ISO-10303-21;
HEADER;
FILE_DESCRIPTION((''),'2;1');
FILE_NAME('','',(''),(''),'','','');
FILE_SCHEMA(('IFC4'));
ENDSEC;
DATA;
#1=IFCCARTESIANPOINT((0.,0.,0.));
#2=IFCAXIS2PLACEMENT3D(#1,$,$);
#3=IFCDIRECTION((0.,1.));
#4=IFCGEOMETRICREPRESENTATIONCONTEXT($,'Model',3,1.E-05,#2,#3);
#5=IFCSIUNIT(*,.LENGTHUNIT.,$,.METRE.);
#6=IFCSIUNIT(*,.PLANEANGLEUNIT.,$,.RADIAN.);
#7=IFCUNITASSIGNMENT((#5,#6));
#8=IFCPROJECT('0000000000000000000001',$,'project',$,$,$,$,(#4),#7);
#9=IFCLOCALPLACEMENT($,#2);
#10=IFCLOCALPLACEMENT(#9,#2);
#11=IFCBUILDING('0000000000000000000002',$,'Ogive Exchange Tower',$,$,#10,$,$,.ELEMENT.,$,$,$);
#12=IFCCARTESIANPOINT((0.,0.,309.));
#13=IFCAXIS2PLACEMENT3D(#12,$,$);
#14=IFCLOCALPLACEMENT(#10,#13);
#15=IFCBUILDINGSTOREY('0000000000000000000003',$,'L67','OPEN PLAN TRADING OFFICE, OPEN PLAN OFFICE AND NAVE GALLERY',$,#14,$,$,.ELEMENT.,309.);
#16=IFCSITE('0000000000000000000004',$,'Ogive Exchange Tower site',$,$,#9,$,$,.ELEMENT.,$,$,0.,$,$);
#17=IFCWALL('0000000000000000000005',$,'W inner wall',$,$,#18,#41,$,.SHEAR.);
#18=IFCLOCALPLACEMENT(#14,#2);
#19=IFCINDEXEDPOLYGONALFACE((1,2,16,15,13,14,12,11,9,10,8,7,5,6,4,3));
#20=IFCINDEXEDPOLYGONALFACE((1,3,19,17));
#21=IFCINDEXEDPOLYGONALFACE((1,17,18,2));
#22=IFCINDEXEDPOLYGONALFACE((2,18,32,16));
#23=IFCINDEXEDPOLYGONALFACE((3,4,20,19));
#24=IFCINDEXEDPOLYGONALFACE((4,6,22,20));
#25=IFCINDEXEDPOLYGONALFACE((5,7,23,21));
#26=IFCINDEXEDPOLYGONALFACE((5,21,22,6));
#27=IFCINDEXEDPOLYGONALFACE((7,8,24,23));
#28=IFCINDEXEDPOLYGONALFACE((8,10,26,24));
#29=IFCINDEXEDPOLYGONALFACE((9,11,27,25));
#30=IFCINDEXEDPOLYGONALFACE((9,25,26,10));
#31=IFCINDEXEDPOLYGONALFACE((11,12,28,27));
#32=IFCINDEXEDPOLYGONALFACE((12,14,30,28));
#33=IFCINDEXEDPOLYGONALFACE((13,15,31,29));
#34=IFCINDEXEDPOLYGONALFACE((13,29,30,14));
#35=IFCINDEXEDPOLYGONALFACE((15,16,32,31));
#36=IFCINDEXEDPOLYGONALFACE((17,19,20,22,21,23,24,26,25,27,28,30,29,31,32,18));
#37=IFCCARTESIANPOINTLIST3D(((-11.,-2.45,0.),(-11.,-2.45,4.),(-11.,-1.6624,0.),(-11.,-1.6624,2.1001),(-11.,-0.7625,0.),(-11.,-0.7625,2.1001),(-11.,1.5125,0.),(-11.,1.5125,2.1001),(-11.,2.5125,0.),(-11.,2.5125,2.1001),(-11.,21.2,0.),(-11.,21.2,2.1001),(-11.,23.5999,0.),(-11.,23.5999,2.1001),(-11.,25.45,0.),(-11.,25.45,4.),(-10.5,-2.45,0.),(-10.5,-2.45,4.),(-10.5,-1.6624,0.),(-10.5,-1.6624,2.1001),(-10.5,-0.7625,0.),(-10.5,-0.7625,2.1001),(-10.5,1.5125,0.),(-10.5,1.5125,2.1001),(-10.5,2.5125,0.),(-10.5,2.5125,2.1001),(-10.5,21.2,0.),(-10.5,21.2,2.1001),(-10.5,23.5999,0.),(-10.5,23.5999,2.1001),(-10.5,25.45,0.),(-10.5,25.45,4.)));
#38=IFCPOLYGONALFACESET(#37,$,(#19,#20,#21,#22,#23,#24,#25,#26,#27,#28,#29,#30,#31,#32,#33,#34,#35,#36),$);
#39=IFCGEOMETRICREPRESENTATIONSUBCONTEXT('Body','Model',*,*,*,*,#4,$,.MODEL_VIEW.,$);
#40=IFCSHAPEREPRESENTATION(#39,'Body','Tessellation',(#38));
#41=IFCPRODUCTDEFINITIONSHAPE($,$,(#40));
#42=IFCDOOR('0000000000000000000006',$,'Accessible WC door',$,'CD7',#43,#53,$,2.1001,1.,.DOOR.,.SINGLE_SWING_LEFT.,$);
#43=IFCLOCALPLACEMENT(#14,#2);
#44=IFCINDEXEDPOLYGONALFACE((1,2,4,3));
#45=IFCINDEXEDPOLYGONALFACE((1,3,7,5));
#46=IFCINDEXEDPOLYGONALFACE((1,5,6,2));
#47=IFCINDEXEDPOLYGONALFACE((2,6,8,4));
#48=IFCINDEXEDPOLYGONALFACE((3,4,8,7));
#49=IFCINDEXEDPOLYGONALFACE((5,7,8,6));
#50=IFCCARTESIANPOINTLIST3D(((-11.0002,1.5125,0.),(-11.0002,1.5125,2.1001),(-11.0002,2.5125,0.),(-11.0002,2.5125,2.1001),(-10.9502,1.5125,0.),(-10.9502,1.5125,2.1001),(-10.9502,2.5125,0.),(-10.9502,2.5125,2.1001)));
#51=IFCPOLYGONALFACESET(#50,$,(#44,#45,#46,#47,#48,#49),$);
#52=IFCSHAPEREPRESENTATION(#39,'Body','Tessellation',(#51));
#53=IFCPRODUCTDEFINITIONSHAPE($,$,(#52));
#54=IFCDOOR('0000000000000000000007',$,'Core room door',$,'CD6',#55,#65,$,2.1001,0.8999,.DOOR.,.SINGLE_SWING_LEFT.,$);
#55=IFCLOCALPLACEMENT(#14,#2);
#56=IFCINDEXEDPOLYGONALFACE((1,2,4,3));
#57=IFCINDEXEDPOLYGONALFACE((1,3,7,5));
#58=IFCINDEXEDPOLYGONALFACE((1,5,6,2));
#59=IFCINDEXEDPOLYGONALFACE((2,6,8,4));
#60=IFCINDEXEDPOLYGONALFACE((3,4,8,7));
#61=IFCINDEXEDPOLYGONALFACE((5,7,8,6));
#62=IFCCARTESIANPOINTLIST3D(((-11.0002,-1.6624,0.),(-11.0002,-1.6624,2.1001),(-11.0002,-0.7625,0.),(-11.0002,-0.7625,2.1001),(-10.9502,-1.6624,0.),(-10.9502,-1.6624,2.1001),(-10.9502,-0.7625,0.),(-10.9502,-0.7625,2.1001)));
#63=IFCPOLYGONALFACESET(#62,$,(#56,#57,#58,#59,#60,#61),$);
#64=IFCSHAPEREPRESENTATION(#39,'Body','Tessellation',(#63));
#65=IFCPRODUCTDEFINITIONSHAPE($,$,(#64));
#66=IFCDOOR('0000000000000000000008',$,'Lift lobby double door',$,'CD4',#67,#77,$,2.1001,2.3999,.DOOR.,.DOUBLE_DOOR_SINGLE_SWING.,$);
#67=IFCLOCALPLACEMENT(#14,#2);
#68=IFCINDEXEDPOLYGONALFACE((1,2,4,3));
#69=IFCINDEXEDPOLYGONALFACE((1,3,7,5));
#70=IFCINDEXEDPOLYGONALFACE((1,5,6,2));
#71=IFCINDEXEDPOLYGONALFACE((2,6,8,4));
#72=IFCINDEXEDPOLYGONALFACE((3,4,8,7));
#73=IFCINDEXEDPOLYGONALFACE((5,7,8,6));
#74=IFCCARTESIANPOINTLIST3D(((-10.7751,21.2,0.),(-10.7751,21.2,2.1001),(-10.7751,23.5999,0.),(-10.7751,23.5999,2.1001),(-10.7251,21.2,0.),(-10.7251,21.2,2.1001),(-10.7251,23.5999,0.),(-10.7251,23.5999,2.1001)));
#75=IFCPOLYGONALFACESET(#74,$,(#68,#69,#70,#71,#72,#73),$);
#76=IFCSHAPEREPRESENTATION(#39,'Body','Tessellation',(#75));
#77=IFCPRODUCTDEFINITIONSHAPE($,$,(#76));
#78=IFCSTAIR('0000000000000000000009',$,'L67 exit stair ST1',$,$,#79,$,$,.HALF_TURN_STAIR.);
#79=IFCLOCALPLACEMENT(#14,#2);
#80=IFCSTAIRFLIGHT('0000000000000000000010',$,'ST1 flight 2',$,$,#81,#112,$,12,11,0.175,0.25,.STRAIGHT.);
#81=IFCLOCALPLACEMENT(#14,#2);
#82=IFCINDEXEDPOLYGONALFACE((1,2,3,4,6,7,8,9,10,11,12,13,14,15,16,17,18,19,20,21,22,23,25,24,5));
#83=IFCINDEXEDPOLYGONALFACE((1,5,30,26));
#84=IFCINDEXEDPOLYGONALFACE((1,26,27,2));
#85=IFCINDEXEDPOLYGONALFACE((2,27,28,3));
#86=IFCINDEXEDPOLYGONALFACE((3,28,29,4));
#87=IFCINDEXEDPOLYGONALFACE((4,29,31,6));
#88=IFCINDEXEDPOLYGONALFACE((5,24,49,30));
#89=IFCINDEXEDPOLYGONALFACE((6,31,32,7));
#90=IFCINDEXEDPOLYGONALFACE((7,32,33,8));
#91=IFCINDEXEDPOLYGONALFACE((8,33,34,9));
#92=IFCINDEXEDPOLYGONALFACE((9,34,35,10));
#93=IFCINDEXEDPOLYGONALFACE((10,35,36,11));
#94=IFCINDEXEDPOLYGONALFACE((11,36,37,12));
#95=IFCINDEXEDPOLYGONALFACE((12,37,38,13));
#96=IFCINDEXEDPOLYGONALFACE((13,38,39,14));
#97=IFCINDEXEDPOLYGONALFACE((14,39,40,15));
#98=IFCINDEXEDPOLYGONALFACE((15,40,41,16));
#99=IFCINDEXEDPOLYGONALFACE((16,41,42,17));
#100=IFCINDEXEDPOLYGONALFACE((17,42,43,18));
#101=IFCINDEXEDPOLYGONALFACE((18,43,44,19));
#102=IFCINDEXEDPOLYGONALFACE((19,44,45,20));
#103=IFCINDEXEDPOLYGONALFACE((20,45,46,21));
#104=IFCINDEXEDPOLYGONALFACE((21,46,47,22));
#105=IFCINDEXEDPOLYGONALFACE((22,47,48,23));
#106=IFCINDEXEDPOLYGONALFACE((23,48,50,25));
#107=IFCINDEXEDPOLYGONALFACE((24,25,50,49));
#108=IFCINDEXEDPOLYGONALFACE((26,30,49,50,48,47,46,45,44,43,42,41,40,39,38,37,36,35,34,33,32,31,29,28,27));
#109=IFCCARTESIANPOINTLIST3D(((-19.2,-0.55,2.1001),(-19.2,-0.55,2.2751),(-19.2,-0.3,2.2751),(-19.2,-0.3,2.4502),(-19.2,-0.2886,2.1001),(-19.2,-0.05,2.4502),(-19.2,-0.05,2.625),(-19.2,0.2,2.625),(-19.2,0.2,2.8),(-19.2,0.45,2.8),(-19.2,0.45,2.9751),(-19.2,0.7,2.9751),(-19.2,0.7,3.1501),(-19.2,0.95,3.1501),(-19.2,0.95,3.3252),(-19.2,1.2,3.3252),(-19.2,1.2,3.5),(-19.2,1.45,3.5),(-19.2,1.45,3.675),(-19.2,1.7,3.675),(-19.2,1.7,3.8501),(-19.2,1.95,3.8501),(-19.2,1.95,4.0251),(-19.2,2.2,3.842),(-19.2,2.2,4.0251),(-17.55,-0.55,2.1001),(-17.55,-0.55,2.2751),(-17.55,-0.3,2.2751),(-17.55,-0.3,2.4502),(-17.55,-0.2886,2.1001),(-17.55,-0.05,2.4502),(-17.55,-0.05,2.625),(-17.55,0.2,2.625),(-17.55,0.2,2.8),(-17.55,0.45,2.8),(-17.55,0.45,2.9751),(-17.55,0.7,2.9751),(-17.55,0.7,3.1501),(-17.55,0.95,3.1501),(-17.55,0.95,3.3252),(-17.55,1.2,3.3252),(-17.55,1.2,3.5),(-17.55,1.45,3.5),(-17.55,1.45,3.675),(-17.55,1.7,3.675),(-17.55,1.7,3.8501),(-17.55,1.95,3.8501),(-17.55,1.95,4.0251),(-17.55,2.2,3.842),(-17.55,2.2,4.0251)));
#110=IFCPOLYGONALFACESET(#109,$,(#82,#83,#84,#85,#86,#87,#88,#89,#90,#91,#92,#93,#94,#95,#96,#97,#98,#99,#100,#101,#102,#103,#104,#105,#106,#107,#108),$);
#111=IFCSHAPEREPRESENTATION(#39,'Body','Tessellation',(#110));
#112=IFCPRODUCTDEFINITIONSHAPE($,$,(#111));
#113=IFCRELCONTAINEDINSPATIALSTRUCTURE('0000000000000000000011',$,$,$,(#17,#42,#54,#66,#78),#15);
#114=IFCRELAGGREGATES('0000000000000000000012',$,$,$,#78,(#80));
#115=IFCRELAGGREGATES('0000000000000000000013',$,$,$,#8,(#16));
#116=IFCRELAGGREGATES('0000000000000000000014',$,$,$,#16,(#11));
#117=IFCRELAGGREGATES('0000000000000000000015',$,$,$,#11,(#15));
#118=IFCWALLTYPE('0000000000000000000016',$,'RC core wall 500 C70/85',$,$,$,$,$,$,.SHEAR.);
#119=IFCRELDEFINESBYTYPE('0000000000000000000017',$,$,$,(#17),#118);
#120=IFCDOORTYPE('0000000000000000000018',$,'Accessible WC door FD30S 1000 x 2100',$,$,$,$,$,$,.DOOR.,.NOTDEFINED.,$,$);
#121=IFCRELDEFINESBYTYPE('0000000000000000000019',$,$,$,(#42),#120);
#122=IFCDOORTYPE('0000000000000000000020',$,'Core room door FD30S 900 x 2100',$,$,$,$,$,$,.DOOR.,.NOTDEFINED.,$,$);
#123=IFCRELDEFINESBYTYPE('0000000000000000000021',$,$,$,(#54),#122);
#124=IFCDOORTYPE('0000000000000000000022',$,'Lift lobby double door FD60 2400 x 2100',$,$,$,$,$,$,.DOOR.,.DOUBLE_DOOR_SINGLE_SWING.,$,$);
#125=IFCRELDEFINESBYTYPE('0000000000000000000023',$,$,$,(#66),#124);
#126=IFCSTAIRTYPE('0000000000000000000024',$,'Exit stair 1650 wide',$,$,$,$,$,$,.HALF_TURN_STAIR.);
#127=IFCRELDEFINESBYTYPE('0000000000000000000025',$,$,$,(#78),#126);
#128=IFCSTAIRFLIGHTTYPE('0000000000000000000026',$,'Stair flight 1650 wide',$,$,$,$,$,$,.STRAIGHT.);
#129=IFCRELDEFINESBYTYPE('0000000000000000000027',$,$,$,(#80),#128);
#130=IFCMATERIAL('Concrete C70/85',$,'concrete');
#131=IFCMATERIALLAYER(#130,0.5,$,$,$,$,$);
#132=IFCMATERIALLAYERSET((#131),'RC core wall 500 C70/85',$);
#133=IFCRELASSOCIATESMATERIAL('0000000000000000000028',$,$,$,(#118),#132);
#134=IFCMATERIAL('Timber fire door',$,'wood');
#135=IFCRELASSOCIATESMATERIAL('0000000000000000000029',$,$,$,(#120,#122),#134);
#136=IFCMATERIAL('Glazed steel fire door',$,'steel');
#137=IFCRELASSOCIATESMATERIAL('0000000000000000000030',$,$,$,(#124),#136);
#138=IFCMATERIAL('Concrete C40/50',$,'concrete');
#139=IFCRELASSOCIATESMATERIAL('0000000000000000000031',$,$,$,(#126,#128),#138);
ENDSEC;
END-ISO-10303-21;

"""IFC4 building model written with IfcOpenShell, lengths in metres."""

from ifc_helpers import new_model, si_unit, direction, frame, frame_2d, origin, place, context, subcontext, project, spatial, polyline, rectangle, outline, extrude, material, layer, layer_set, type_object, element, fill, aggregate, save


model = new_model("IFC4")

# Units and contexts
model_context = context("Model", 3, precision=1e-05, world=origin(), true_north=direction((0.0, 1.0)))
body_context = subcontext(model_context, "Body", "Model", "MODEL_VIEW")
ifc_project = project(units=[si_unit("LENGTHUNIT", "METRE"), si_unit("PLANEANGLEUNIT", "RADIAN")], contexts=[model_context])

# Site, building, storey
site_placement = place(None, origin())
site = spatial("IfcSite", under=ifc_project, at=site_placement, Name="Ogive Exchange Tower site", CompositionType="ELEMENT", RefElevation=0.0)
building_placement = place(site_placement, origin())
building = spatial("IfcBuilding", under=site, at=building_placement, Name="Ogive Exchange Tower", CompositionType="ELEMENT")
storey_placement = place(building_placement, frame((0.0, 0.0, 309.0)))
storey = spatial("IfcBuildingStorey", under=building, at=storey_placement, Name="L67", Description="OPEN PLAN TRADING OFFICE, OPEN PLAN OFFICE AND NAVE GALLERY", CompositionType="ELEMENT", Elevation=309.0)

# Shared definitions
ifc_material_1 = material(Name="Concrete C70/85", Category="concrete")

# Wall, openings, doors
ifc_layer_1 = layer(ifc_material_1, 0.5)
ifc_layer_set_1 = layer_set([ifc_layer_1], Name="RC core wall 500 C70/85")
wall_type_1 = type_object("IfcWallType", Name="RC core wall 500 C70/85", PredefinedType="SHEAR", material=ifc_layer_set_1)
wall_1_placement = place(storey_placement, frame((-10.75, -2.45, 0.0), z_axis=(0.0, 0.0, 1.0), x_axis=(0.0, 1.0, 0.0)))
wall_1 = element("IfcWall", 1, at=wall_1_placement, inside=storey, type_object=wall_type_1, Name="W inner wall", PredefinedType="SHEAR", context=body_context, shape_type="SweptSolid", body=[
    extrude(rectangle(XDim=27.8999, YDim=0.5, at=frame_2d((13.95, 0.0))), origin(), (0.0, 0.0, 1.0), 4.0),
])
opening_1_placement = place(wall_1_placement, frame((23.6499, 0.0, 0.0)))
opening_1 = element("IfcOpeningElement", 2, at=opening_1_placement, cuts=wall_1, PredefinedType="OPENING", context=body_context, shape_type="SweptSolid", body=[
    extrude(rectangle(XDim=2.3999, YDim=2.1001, at=frame_2d((1.2, 1.05))), frame((0.0, 0.26, 0.0), z_axis=(0.0, -1.0, 0.0), x_axis=(1.0, 0.0, 0.0)), (0.0, 0.0, 1.0), 0.52),
])
opening_2_placement = place(wall_1_placement, frame((0.7876, 0.0, 0.0)))
opening_2 = element("IfcOpeningElement", 3, at=opening_2_placement, cuts=wall_1, PredefinedType="OPENING", context=body_context, shape_type="SweptSolid", body=[
    extrude(rectangle(XDim=0.8999, YDim=2.1001, at=frame_2d((0.45, 1.05))), frame((0.0, 0.26, 0.0), z_axis=(0.0, -1.0, 0.0), x_axis=(1.0, 0.0, 0.0)), (0.0, 0.0, 1.0), 0.52),
])
opening_3_placement = place(wall_1_placement, frame((3.9624, 0.0, 0.0)))
opening_3 = element("IfcOpeningElement", 4, at=opening_3_placement, cuts=wall_1, PredefinedType="OPENING", context=body_context, shape_type="SweptSolid", body=[
    extrude(rectangle(XDim=1.0, YDim=2.1001, at=frame_2d((0.5, 1.05))), frame((0.0, 0.26, 0.0), z_axis=(0.0, -1.0, 0.0), x_axis=(1.0, 0.0, 0.0)), (0.0, 0.0, 1.0), 0.52),
])
ifc_material_2 = material(Name="Timber fire door", Category="wood")
door_type_1 = type_object("IfcDoorType", Name="Accessible WC door FD30S 1000 x 2100", OperationType="NOTDEFINED", PredefinedType="DOOR", material=ifc_material_2)
door_1_placement = place(opening_3_placement, frame((1.0, 0.4502, 0.0), z_axis=(0.0, 0.0, 1.0), x_axis=(-1.0, 0.0, 0.0)))
door_1 = element("IfcDoor", 5, at=door_1_placement, inside=storey, type_object=door_type_1, Name="Accessible WC door", ObjectType="CD7", OperationType="SINGLE_SWING_LEFT", OverallHeight=2.1001, OverallWidth=1.0, PredefinedType="DOOR", context=body_context, shape_type="SweptSolid", body=[
    extrude(rectangle(XDim=1.0, YDim=2.1001, at=frame_2d((0.5, 1.05))), frame((0.0, 0.25, 0.0), z_axis=(0.0, -1.0, 0.0), x_axis=(1.0, 0.0, 0.0)), (0.0, 0.0, 1.0), 0.05),
])
fill(opening_3, door_1)
door_type_2 = type_object("IfcDoorType", Name="Core room door FD30S 900 x 2100", OperationType="NOTDEFINED", PredefinedType="DOOR", material=ifc_material_2)
door_2_placement = place(opening_2_placement, frame((0.8999, 0.4502, 0.0), z_axis=(0.0, 0.0, 1.0), x_axis=(-1.0, 0.0, 0.0)))
door_2 = element("IfcDoor", 6, at=door_2_placement, inside=storey, type_object=door_type_2, Name="Core room door", ObjectType="CD6", OperationType="SINGLE_SWING_LEFT", OverallHeight=2.1001, OverallWidth=0.8999, PredefinedType="DOOR", context=body_context, shape_type="SweptSolid", body=[
    extrude(rectangle(XDim=0.8999, YDim=2.1001, at=frame_2d((0.45, 1.05))), frame((0.0, 0.25, 0.0), z_axis=(0.0, -1.0, 0.0), x_axis=(1.0, 0.0, 0.0)), (0.0, 0.0, 1.0), 0.05),
])
fill(opening_2, door_2)
ifc_material_3 = material(Name="Glazed steel fire door", Category="steel")
door_type_3 = type_object("IfcDoorType", Name="Lift lobby double door FD60 2400 x 2100", OperationType="DOUBLE_DOOR_SINGLE_SWING", PredefinedType="DOOR", material=ifc_material_3)
door_3_placement = place(opening_1_placement, frame((2.3999, 0.0, 0.0), z_axis=(0.0, 0.0, 1.0), x_axis=(-1.0, 0.0, 0.0)))
door_3 = element("IfcDoor", 7, at=door_3_placement, inside=storey, type_object=door_type_3, Name="Lift lobby double door", ObjectType="CD4", OperationType="DOUBLE_DOOR_SINGLE_SWING", OverallHeight=2.1001, OverallWidth=2.3999, PredefinedType="DOOR", context=body_context, shape_type="SweptSolid", body=[
    extrude(rectangle(XDim=2.3999, YDim=2.1001, at=frame_2d((1.2, 1.05))), frame((0.0, 0.0249, 0.0), z_axis=(0.0, -1.0, 0.0), x_axis=(1.0, 0.0, 0.0)), (0.0, 0.0, 1.0), 0.05),
])
fill(opening_1, door_3)

# Stair, stair flight
ifc_material_4 = material(Name="Concrete C40/50", Category="concrete")
stair_type = type_object("IfcStairType", Name="Exit stair 1650 wide", PredefinedType="HALF_TURN_STAIR", material=ifc_material_4)
stair_placement = place(storey_placement, origin())
stair = element("IfcStair", 8, at=stair_placement, inside=storey, type_object=stair_type, Name="L67 exit stair ST1", PredefinedType="HALF_TURN_STAIR")
stair_flight_type = type_object("IfcStairFlightType", Name="Stair flight 1650 wide", PredefinedType="STRAIGHT", material=ifc_material_4)
stair_flight_placement = place(storey_placement, frame((-18.375, -0.55, 2.1001), z_axis=(0.0, 0.0, 1.0), x_axis=(0.0, 1.0, 0.0)))
stair_flight = element("IfcStairFlight", 9, at=stair_flight_placement, type_object=stair_flight_type, Name="ST1 flight 2", NumberOfRisers=12, NumberOfTreads=11, PredefinedType="STRAIGHT", RiserHeight=0.175, TreadLength=0.25, context=body_context, shape_type="SweptSolid", body=[
    extrude(outline(polyline([(0.0, 0.0), (0.0, 0.175), (0.25, 0.175), (0.25, 0.3501), (0.5, 0.3501), (0.5, 0.5249), (0.75, 0.5249), (0.75, 0.7), (1.0, 0.7), (1.0, 0.875), (1.25, 0.875), (1.25, 1.05), (1.5, 1.05), (1.5, 1.2251), (1.75, 1.2251), (1.75, 1.3999), (2.0, 1.3999), (2.0, 1.575), (2.25, 1.575), (2.25, 1.75), (2.5, 1.75), (2.5, 1.925), (2.75, 1.925), (2.75, 2.1001), (2.75, 1.7419), (0.2615, 0.0), (0.0, 0.0)])), frame((0.0, 0.825, 0.0), z_axis=(0.0, -1.0, 0.0), x_axis=(1.0, 0.0, 0.0)), (0.0, 0.0, 1.0), 1.6499),
])
aggregate(stair, [stair_flight])

save(model, "model.ifc")
